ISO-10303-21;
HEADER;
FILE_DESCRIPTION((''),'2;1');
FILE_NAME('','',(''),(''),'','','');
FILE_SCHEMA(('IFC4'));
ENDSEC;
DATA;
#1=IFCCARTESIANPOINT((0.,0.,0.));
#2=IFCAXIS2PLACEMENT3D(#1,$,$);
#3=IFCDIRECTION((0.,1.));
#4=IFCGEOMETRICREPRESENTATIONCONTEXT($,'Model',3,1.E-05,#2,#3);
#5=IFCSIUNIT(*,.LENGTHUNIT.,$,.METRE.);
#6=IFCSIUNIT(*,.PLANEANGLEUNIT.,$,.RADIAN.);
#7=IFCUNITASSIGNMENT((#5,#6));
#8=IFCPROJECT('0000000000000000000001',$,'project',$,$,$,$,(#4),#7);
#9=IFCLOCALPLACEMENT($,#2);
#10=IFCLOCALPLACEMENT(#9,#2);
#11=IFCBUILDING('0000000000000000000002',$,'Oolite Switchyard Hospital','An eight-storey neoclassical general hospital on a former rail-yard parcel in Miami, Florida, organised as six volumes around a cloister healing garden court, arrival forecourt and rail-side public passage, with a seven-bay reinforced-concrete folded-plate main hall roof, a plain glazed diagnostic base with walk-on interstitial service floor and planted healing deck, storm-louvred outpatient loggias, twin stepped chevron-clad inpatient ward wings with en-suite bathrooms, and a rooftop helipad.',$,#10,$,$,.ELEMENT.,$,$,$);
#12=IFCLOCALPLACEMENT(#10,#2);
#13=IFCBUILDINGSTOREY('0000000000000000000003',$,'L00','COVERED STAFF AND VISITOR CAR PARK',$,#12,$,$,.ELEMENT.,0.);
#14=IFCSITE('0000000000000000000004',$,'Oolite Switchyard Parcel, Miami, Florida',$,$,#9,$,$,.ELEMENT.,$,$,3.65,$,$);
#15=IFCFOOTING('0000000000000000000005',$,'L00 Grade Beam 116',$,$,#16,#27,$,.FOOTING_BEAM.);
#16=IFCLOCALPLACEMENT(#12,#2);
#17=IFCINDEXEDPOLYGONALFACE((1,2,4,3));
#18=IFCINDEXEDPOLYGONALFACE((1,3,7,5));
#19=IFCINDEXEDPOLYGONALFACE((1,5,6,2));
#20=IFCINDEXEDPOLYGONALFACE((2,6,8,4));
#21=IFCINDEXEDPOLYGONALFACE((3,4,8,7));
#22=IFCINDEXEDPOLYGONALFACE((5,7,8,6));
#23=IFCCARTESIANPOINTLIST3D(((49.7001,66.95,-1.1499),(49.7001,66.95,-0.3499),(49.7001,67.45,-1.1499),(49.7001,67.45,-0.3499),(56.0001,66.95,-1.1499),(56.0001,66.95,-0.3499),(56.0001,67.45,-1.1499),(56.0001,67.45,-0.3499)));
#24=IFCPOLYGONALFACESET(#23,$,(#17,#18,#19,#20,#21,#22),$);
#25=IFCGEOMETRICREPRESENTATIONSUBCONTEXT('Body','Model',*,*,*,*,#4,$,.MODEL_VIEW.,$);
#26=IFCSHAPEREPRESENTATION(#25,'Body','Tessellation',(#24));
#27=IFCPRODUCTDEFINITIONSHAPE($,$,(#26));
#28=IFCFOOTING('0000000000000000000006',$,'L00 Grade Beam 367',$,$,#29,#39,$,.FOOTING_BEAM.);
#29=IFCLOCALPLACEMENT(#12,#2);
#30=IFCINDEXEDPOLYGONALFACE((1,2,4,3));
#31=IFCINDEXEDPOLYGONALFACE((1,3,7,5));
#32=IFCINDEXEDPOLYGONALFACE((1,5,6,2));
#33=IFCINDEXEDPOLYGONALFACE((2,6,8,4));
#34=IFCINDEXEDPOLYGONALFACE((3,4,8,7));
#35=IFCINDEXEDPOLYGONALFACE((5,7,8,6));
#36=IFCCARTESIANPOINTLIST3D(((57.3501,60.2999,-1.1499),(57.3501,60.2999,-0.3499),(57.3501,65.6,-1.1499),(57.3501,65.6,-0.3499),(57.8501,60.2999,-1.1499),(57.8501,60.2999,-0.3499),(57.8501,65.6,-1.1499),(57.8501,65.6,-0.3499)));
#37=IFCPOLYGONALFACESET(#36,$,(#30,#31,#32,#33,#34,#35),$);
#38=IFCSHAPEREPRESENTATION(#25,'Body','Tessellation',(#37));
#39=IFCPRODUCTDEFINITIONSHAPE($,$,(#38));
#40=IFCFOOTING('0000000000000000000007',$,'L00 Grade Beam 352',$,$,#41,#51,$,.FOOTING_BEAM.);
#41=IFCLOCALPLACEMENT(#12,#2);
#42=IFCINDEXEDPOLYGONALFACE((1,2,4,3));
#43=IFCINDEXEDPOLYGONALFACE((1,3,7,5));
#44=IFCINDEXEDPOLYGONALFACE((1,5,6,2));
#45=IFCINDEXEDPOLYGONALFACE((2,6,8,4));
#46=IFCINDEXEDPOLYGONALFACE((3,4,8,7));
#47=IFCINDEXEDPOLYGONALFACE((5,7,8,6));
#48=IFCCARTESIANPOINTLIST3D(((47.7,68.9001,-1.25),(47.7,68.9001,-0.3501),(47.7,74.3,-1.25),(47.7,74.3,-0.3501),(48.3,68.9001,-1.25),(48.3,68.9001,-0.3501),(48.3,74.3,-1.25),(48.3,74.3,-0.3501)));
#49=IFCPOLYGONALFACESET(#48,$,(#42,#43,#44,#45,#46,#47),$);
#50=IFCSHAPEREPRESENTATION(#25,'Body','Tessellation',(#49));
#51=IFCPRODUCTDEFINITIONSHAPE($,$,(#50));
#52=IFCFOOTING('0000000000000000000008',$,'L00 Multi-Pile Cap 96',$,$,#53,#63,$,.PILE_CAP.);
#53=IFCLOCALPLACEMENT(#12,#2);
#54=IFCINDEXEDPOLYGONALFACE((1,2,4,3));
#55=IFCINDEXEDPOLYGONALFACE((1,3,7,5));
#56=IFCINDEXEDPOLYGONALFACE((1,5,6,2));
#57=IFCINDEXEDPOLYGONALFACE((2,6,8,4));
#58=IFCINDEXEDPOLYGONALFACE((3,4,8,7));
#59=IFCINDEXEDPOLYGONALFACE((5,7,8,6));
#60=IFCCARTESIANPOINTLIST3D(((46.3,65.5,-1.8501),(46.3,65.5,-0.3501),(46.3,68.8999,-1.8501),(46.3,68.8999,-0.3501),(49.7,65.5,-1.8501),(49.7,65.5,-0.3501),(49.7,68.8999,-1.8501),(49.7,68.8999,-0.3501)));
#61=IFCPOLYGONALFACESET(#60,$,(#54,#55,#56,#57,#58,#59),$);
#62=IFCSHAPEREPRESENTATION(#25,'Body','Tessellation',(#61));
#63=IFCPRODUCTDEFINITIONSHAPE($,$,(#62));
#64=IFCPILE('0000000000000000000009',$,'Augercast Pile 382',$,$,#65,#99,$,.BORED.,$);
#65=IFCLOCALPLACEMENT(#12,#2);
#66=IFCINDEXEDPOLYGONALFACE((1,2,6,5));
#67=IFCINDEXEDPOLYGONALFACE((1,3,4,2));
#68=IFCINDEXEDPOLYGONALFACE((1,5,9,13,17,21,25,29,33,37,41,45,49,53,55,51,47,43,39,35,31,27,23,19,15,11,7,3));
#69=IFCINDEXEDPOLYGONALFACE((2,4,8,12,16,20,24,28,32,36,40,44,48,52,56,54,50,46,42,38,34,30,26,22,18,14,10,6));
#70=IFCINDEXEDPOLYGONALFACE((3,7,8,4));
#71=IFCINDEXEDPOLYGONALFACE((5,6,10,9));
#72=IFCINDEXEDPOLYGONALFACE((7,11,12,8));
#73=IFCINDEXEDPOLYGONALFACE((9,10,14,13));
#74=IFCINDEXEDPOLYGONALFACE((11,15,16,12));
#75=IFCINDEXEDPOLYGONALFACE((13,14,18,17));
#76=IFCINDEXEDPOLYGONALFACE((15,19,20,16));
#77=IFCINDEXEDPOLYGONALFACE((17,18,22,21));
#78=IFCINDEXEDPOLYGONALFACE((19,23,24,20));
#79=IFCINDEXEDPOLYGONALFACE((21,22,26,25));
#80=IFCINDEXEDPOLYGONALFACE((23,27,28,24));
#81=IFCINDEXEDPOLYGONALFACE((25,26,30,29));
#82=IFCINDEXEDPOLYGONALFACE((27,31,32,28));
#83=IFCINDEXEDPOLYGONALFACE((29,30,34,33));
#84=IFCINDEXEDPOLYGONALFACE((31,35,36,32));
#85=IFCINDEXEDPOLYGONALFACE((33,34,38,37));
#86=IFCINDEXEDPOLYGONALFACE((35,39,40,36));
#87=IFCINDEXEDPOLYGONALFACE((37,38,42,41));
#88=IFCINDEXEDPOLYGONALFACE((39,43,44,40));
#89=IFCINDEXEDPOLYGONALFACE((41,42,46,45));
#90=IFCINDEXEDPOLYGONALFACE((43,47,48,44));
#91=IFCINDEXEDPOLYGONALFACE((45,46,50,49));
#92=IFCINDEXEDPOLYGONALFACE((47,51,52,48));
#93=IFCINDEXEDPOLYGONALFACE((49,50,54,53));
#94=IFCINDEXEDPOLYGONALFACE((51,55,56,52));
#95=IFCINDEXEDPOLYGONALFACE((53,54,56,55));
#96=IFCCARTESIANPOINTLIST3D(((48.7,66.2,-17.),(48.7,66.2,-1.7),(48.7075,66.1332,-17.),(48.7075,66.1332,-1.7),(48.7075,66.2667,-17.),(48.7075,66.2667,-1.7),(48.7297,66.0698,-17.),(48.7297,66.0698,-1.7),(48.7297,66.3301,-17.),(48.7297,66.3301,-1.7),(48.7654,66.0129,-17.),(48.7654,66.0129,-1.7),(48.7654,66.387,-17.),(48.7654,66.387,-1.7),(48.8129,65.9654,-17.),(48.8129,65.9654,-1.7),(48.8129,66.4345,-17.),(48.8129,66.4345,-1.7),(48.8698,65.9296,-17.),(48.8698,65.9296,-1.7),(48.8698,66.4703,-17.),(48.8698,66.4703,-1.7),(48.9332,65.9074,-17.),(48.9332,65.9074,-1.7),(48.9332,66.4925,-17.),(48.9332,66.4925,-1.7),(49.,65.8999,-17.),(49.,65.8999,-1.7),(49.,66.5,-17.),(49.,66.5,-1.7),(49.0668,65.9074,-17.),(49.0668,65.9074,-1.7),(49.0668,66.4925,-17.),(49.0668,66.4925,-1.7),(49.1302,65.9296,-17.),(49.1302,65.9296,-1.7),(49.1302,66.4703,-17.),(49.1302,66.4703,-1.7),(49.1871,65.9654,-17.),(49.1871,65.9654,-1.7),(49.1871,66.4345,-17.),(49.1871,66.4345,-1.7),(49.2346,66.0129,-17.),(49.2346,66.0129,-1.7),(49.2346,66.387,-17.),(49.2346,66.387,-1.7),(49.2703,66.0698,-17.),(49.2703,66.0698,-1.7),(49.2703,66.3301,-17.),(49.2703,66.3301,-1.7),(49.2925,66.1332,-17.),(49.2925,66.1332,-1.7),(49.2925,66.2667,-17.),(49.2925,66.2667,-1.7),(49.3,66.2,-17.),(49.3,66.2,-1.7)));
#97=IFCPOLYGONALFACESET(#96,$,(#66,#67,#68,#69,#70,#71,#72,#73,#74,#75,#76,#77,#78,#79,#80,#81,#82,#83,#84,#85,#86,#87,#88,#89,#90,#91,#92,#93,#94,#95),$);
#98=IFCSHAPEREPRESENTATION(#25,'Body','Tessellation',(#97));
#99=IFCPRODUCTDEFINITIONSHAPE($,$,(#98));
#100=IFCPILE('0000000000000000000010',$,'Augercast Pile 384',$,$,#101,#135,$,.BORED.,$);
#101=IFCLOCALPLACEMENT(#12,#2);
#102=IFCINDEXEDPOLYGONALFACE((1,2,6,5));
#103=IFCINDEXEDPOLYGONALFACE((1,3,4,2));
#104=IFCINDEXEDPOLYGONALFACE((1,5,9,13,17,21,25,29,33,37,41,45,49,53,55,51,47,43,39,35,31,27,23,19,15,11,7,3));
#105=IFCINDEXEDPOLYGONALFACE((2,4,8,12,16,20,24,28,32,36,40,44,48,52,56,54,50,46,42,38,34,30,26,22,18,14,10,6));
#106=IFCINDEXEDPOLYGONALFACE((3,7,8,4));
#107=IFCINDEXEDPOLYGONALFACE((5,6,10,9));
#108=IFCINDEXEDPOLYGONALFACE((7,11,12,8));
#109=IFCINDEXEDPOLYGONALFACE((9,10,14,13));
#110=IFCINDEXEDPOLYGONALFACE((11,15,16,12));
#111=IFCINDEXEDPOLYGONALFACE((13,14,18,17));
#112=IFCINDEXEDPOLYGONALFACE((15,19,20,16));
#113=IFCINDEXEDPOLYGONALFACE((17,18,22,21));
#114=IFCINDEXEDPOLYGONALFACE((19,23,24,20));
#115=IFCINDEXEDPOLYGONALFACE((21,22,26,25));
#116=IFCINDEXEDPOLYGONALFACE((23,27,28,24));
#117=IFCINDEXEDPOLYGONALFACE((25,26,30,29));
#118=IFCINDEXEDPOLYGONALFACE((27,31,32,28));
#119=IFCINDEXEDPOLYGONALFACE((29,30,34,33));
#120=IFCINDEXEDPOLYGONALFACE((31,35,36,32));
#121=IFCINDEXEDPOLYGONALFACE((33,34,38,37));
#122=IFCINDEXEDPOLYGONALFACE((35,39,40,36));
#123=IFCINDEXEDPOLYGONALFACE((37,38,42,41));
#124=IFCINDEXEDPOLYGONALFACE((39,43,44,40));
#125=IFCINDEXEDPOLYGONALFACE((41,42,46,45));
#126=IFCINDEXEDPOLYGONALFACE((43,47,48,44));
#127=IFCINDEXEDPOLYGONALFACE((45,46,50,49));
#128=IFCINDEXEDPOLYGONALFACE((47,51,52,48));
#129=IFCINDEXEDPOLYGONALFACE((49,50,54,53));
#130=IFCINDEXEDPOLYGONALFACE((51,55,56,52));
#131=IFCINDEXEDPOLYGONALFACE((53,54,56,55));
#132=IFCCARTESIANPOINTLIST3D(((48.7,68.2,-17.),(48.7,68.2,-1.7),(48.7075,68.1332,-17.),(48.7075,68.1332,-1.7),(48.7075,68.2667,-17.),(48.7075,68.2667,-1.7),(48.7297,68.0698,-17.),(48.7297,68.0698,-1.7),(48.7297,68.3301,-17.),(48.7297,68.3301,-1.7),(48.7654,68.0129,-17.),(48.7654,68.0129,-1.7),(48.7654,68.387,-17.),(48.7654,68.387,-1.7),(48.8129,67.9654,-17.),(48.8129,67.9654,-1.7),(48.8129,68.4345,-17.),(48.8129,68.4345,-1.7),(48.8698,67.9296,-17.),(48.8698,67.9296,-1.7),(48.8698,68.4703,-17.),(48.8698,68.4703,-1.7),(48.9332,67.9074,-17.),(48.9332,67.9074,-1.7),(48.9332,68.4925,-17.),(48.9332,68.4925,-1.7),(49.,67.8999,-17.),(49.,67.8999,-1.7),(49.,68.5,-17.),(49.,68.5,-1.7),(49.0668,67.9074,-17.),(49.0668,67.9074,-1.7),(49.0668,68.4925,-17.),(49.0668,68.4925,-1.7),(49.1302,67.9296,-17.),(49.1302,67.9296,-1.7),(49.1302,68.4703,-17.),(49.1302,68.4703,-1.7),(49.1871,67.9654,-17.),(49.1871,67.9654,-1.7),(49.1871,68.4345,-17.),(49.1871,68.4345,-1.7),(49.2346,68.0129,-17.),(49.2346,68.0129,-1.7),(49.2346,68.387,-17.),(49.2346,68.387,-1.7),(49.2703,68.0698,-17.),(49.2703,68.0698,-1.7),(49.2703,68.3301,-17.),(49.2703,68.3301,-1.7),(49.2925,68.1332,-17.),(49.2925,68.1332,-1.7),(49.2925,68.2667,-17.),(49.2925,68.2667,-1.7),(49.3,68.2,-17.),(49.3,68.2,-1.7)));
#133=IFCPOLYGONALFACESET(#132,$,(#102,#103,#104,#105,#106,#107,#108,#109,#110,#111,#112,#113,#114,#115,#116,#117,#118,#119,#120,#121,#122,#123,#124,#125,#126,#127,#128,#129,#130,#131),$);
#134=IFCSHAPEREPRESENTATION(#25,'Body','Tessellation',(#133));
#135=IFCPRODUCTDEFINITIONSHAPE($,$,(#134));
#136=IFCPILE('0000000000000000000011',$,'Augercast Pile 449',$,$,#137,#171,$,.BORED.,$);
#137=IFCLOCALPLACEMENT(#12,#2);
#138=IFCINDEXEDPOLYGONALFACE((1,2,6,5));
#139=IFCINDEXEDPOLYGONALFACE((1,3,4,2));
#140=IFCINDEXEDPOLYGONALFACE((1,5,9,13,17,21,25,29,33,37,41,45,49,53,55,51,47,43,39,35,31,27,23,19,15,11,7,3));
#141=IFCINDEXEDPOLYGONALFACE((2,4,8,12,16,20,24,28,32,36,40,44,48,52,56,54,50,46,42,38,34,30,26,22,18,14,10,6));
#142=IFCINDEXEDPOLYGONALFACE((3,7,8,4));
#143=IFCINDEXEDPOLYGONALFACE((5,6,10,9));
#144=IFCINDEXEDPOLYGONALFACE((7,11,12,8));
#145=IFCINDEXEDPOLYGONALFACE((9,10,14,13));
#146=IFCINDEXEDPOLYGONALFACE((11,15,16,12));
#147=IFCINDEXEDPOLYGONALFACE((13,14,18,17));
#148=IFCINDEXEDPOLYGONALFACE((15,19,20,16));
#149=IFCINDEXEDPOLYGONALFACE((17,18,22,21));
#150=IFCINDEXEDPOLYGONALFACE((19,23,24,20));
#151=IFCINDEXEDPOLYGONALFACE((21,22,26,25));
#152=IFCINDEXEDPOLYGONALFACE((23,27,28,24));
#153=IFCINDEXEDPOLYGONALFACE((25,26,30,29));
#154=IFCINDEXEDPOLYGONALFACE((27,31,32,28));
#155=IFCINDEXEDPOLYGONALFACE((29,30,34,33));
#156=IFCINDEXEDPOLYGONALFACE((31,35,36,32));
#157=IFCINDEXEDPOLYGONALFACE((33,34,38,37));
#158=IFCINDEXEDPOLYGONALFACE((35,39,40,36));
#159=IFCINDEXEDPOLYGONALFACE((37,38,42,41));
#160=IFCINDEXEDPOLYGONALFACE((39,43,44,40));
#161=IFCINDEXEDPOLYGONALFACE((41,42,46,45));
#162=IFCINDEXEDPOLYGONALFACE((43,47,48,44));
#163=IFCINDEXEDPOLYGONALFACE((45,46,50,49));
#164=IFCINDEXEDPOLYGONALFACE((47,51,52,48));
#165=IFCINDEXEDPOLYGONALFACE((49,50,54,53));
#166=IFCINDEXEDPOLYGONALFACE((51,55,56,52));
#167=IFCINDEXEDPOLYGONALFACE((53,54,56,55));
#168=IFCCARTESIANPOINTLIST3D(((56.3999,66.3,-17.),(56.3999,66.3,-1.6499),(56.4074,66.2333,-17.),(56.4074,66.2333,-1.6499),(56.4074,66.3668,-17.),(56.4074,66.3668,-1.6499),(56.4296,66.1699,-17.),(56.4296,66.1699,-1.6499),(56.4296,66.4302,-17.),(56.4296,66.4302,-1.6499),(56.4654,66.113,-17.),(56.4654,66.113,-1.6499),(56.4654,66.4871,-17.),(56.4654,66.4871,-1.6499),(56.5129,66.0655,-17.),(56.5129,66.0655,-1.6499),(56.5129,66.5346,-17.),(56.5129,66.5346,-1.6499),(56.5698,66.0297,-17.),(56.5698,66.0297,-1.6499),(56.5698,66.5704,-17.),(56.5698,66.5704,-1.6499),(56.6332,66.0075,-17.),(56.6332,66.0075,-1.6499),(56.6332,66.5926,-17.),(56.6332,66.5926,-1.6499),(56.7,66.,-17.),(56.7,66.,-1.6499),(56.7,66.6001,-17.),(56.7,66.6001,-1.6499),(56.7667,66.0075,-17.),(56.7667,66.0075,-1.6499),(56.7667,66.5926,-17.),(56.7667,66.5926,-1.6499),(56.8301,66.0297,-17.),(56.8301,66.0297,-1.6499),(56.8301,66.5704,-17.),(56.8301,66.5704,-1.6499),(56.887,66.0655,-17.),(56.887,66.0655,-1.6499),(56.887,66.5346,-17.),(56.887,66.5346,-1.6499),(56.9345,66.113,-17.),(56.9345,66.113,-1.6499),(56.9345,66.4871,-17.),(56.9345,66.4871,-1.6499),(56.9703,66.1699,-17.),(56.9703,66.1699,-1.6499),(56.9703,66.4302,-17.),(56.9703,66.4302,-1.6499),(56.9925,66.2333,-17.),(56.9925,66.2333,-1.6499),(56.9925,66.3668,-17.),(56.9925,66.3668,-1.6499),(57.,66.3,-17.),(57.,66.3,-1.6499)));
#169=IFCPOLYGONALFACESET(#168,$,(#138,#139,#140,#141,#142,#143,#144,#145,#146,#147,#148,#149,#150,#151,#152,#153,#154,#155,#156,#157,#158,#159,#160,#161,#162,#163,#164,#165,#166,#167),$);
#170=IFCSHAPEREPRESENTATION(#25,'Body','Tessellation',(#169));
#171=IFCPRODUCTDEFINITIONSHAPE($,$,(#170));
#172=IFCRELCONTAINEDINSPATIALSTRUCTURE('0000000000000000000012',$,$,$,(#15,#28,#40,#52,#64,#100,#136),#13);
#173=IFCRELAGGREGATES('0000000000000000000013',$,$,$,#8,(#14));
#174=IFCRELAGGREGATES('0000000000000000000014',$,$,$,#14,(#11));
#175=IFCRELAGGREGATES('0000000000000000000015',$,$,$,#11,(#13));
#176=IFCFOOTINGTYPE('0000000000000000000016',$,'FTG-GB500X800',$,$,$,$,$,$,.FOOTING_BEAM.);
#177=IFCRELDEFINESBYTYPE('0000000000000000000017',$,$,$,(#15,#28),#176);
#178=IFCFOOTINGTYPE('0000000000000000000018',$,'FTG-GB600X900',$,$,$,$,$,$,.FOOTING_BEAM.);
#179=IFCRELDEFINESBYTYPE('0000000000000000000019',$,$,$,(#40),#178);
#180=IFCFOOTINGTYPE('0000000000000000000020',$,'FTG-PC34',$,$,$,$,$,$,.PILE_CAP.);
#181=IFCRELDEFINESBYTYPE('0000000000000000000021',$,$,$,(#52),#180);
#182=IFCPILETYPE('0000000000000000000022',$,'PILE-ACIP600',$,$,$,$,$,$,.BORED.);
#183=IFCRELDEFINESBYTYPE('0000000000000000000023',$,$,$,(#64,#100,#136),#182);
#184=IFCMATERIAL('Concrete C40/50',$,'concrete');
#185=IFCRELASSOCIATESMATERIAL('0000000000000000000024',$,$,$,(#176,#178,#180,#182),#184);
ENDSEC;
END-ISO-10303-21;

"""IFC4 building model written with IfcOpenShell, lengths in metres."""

from ifc_helpers import new_model, si_unit, direction, frame, origin, origin_2d, place, context, subcontext, project, spatial, rectangle, circle, extrude, material, material_profile, profile_set, type_object, element, save


model = new_model("IFC4")

# Units and contexts
model_context = context("Model", 3, precision=1e-05, world=origin(), true_north=direction((0.0, 1.0)))
body_context = subcontext(model_context, "Body", "Model", "MODEL_VIEW")
ifc_project = project(units=[si_unit("LENGTHUNIT", "METRE"), si_unit("PLANEANGLEUNIT", "RADIAN")], contexts=[model_context])

# Site, building, storey
site_placement = place(None, origin())
site = spatial("IfcSite", under=ifc_project, at=site_placement, Name="Oolite Switchyard Parcel, Miami, Florida", CompositionType="ELEMENT", RefElevation=3.65)
building_placement = place(site_placement, origin())
building = spatial("IfcBuilding", under=site, at=building_placement, Name="Oolite Switchyard Hospital", Description="An eight-storey neoclassical general hospital on a former rail-yard parcel in Miami, Florida, organised as six volumes around a cloister healing garden court, arrival forecourt and rail-side public passage, with a seven-bay reinforced-concrete folded-plate main hall roof, a plain glazed diagnostic base with walk-on interstitial service floor and planted healing deck, storm-louvred outpatient loggias, twin stepped chevron-clad inpatient ward wings with en-suite bathrooms, and a rooftop helipad.", CompositionType="ELEMENT")
storey_placement = place(building_placement, origin())
storey = spatial("IfcBuildingStorey", under=building, at=storey_placement, Name="L00", Description="COVERED STAFF AND VISITOR CAR PARK", CompositionType="ELEMENT", Elevation=0.0)

# Footings
ifc_material_1 = material(Name="Concrete C40/50", Category="concrete")
footing_type_1 = type_object("IfcFootingType", Name="FTG-GB500X800", PredefinedType="FOOTING_BEAM", material=ifc_material_1)
footing_1_placement = place(storey_placement, frame((52.8501, 67.2, -1.1499), z_axis=(0.0, 0.0, 1.0), x_axis=(1.0, 0.0, 0.0)))
element("IfcFooting", 1, at=footing_1_placement, inside=storey, type_object=footing_type_1, Name="L00 Grade Beam 116", PredefinedType="FOOTING_BEAM", context=body_context, shape_type="SweptSolid", body=[
    extrude(rectangle(XDim=6.3, YDim=0.5, at=origin_2d()), origin(), (0.0, 0.0, 1.0), 0.8),
])
footing_2_placement = place(storey_placement, frame((57.6001, 62.95, -1.1499), z_axis=(0.0, 0.0, 1.0), x_axis=(0.0, 1.0, 0.0)))
element("IfcFooting", 2, at=footing_2_placement, inside=storey, type_object=footing_type_1, Name="L00 Grade Beam 367", PredefinedType="FOOTING_BEAM", context=body_context, shape_type="SweptSolid", body=[
    extrude(rectangle(XDim=5.3, YDim=0.5, at=origin_2d()), origin(), (0.0, 0.0, 1.0), 0.8),
])
footing_type_2 = type_object("IfcFootingType", Name="FTG-GB600X900", PredefinedType="FOOTING_BEAM", material=ifc_material_1)
footing_3_placement = place(storey_placement, frame((48.0, 71.6001, -1.25), z_axis=(0.0, 0.0, 1.0), x_axis=(0.0, 1.0, 0.0)))
element("IfcFooting", 3, at=footing_3_placement, inside=storey, type_object=footing_type_2, Name="L00 Grade Beam 352", PredefinedType="FOOTING_BEAM", context=body_context, shape_type="SweptSolid", body=[
    extrude(rectangle(XDim=5.3999, YDim=0.6001, at=origin_2d()), origin(), (0.0, 0.0, 1.0), 0.8999),
])
footing_type_3 = type_object("IfcFootingType", Name="FTG-PC34", PredefinedType="PILE_CAP", material=ifc_material_1)
footing_4_placement = place(storey_placement, frame((48.0, 67.2, -1.8501), z_axis=(0.0, 0.0, 1.0), x_axis=(1.0, 0.0, 0.0)))
element("IfcFooting", 4, at=footing_4_placement, inside=storey, type_object=footing_type_3, Name="L00 Multi-Pile Cap 96", PredefinedType="PILE_CAP", context=body_context, shape_type="SweptSolid", body=[
    extrude(rectangle(XDim=3.3999, YDim=3.3999, at=origin_2d()), origin(), (0.0, 0.0, 1.0), 1.5),
])

# Piles
ifc_material_profile_1 = material_profile(ifc_material_1, circle(Radius=0.3, at=origin_2d()), Name="PILE600")
ifc_profile_set_1 = profile_set([ifc_material_profile_1], Name="Concrete C40/50")
pile_type = type_object("IfcPileType", Name="PILE-ACIP600", PredefinedType="BORED", material=ifc_profile_set_1)
for number, where, z_axis, x_axis, name in (
    (5, (49.0, 66.2, -1.7), (0.0, 0.0, -1.0), (1.0, 0.0, 0.0), "Augercast Pile 382"),
    (6, (49.0, 68.2, -1.7), (0.0, 0.0, -1.0), (1.0, 0.0, 0.0), "Augercast Pile 384"),
):
    element("IfcPile", number, at=place(storey_placement, frame(where, z_axis=z_axis, x_axis=x_axis)), inside=storey, type_object=pile_type, Name=name, PredefinedType="BORED", context=body_context, shape_type="SweptSolid", body=[
        extrude(circle(Radius=0.3, at=origin_2d()), origin(), (0.0, 0.0, 1.0), 15.3),
    ])
for number, where, z_axis, x_axis, name in (
    (7, (56.7, 66.3, -1.6499), (0.0, 0.0, -1.0), (1.0, 0.0, 0.0), "Augercast Pile 449"),
):
    element("IfcPile", number, at=place(storey_placement, frame(where, z_axis=z_axis, x_axis=x_axis)), inside=storey, type_object=pile_type, Name=name, PredefinedType="BORED", context=body_context, shape_type="SweptSolid", body=[
        extrude(circle(Radius=0.3, at=origin_2d()), origin(), (0.0, 0.0, 1.0), 15.3501),
    ])

save(model, "model.ifc")
